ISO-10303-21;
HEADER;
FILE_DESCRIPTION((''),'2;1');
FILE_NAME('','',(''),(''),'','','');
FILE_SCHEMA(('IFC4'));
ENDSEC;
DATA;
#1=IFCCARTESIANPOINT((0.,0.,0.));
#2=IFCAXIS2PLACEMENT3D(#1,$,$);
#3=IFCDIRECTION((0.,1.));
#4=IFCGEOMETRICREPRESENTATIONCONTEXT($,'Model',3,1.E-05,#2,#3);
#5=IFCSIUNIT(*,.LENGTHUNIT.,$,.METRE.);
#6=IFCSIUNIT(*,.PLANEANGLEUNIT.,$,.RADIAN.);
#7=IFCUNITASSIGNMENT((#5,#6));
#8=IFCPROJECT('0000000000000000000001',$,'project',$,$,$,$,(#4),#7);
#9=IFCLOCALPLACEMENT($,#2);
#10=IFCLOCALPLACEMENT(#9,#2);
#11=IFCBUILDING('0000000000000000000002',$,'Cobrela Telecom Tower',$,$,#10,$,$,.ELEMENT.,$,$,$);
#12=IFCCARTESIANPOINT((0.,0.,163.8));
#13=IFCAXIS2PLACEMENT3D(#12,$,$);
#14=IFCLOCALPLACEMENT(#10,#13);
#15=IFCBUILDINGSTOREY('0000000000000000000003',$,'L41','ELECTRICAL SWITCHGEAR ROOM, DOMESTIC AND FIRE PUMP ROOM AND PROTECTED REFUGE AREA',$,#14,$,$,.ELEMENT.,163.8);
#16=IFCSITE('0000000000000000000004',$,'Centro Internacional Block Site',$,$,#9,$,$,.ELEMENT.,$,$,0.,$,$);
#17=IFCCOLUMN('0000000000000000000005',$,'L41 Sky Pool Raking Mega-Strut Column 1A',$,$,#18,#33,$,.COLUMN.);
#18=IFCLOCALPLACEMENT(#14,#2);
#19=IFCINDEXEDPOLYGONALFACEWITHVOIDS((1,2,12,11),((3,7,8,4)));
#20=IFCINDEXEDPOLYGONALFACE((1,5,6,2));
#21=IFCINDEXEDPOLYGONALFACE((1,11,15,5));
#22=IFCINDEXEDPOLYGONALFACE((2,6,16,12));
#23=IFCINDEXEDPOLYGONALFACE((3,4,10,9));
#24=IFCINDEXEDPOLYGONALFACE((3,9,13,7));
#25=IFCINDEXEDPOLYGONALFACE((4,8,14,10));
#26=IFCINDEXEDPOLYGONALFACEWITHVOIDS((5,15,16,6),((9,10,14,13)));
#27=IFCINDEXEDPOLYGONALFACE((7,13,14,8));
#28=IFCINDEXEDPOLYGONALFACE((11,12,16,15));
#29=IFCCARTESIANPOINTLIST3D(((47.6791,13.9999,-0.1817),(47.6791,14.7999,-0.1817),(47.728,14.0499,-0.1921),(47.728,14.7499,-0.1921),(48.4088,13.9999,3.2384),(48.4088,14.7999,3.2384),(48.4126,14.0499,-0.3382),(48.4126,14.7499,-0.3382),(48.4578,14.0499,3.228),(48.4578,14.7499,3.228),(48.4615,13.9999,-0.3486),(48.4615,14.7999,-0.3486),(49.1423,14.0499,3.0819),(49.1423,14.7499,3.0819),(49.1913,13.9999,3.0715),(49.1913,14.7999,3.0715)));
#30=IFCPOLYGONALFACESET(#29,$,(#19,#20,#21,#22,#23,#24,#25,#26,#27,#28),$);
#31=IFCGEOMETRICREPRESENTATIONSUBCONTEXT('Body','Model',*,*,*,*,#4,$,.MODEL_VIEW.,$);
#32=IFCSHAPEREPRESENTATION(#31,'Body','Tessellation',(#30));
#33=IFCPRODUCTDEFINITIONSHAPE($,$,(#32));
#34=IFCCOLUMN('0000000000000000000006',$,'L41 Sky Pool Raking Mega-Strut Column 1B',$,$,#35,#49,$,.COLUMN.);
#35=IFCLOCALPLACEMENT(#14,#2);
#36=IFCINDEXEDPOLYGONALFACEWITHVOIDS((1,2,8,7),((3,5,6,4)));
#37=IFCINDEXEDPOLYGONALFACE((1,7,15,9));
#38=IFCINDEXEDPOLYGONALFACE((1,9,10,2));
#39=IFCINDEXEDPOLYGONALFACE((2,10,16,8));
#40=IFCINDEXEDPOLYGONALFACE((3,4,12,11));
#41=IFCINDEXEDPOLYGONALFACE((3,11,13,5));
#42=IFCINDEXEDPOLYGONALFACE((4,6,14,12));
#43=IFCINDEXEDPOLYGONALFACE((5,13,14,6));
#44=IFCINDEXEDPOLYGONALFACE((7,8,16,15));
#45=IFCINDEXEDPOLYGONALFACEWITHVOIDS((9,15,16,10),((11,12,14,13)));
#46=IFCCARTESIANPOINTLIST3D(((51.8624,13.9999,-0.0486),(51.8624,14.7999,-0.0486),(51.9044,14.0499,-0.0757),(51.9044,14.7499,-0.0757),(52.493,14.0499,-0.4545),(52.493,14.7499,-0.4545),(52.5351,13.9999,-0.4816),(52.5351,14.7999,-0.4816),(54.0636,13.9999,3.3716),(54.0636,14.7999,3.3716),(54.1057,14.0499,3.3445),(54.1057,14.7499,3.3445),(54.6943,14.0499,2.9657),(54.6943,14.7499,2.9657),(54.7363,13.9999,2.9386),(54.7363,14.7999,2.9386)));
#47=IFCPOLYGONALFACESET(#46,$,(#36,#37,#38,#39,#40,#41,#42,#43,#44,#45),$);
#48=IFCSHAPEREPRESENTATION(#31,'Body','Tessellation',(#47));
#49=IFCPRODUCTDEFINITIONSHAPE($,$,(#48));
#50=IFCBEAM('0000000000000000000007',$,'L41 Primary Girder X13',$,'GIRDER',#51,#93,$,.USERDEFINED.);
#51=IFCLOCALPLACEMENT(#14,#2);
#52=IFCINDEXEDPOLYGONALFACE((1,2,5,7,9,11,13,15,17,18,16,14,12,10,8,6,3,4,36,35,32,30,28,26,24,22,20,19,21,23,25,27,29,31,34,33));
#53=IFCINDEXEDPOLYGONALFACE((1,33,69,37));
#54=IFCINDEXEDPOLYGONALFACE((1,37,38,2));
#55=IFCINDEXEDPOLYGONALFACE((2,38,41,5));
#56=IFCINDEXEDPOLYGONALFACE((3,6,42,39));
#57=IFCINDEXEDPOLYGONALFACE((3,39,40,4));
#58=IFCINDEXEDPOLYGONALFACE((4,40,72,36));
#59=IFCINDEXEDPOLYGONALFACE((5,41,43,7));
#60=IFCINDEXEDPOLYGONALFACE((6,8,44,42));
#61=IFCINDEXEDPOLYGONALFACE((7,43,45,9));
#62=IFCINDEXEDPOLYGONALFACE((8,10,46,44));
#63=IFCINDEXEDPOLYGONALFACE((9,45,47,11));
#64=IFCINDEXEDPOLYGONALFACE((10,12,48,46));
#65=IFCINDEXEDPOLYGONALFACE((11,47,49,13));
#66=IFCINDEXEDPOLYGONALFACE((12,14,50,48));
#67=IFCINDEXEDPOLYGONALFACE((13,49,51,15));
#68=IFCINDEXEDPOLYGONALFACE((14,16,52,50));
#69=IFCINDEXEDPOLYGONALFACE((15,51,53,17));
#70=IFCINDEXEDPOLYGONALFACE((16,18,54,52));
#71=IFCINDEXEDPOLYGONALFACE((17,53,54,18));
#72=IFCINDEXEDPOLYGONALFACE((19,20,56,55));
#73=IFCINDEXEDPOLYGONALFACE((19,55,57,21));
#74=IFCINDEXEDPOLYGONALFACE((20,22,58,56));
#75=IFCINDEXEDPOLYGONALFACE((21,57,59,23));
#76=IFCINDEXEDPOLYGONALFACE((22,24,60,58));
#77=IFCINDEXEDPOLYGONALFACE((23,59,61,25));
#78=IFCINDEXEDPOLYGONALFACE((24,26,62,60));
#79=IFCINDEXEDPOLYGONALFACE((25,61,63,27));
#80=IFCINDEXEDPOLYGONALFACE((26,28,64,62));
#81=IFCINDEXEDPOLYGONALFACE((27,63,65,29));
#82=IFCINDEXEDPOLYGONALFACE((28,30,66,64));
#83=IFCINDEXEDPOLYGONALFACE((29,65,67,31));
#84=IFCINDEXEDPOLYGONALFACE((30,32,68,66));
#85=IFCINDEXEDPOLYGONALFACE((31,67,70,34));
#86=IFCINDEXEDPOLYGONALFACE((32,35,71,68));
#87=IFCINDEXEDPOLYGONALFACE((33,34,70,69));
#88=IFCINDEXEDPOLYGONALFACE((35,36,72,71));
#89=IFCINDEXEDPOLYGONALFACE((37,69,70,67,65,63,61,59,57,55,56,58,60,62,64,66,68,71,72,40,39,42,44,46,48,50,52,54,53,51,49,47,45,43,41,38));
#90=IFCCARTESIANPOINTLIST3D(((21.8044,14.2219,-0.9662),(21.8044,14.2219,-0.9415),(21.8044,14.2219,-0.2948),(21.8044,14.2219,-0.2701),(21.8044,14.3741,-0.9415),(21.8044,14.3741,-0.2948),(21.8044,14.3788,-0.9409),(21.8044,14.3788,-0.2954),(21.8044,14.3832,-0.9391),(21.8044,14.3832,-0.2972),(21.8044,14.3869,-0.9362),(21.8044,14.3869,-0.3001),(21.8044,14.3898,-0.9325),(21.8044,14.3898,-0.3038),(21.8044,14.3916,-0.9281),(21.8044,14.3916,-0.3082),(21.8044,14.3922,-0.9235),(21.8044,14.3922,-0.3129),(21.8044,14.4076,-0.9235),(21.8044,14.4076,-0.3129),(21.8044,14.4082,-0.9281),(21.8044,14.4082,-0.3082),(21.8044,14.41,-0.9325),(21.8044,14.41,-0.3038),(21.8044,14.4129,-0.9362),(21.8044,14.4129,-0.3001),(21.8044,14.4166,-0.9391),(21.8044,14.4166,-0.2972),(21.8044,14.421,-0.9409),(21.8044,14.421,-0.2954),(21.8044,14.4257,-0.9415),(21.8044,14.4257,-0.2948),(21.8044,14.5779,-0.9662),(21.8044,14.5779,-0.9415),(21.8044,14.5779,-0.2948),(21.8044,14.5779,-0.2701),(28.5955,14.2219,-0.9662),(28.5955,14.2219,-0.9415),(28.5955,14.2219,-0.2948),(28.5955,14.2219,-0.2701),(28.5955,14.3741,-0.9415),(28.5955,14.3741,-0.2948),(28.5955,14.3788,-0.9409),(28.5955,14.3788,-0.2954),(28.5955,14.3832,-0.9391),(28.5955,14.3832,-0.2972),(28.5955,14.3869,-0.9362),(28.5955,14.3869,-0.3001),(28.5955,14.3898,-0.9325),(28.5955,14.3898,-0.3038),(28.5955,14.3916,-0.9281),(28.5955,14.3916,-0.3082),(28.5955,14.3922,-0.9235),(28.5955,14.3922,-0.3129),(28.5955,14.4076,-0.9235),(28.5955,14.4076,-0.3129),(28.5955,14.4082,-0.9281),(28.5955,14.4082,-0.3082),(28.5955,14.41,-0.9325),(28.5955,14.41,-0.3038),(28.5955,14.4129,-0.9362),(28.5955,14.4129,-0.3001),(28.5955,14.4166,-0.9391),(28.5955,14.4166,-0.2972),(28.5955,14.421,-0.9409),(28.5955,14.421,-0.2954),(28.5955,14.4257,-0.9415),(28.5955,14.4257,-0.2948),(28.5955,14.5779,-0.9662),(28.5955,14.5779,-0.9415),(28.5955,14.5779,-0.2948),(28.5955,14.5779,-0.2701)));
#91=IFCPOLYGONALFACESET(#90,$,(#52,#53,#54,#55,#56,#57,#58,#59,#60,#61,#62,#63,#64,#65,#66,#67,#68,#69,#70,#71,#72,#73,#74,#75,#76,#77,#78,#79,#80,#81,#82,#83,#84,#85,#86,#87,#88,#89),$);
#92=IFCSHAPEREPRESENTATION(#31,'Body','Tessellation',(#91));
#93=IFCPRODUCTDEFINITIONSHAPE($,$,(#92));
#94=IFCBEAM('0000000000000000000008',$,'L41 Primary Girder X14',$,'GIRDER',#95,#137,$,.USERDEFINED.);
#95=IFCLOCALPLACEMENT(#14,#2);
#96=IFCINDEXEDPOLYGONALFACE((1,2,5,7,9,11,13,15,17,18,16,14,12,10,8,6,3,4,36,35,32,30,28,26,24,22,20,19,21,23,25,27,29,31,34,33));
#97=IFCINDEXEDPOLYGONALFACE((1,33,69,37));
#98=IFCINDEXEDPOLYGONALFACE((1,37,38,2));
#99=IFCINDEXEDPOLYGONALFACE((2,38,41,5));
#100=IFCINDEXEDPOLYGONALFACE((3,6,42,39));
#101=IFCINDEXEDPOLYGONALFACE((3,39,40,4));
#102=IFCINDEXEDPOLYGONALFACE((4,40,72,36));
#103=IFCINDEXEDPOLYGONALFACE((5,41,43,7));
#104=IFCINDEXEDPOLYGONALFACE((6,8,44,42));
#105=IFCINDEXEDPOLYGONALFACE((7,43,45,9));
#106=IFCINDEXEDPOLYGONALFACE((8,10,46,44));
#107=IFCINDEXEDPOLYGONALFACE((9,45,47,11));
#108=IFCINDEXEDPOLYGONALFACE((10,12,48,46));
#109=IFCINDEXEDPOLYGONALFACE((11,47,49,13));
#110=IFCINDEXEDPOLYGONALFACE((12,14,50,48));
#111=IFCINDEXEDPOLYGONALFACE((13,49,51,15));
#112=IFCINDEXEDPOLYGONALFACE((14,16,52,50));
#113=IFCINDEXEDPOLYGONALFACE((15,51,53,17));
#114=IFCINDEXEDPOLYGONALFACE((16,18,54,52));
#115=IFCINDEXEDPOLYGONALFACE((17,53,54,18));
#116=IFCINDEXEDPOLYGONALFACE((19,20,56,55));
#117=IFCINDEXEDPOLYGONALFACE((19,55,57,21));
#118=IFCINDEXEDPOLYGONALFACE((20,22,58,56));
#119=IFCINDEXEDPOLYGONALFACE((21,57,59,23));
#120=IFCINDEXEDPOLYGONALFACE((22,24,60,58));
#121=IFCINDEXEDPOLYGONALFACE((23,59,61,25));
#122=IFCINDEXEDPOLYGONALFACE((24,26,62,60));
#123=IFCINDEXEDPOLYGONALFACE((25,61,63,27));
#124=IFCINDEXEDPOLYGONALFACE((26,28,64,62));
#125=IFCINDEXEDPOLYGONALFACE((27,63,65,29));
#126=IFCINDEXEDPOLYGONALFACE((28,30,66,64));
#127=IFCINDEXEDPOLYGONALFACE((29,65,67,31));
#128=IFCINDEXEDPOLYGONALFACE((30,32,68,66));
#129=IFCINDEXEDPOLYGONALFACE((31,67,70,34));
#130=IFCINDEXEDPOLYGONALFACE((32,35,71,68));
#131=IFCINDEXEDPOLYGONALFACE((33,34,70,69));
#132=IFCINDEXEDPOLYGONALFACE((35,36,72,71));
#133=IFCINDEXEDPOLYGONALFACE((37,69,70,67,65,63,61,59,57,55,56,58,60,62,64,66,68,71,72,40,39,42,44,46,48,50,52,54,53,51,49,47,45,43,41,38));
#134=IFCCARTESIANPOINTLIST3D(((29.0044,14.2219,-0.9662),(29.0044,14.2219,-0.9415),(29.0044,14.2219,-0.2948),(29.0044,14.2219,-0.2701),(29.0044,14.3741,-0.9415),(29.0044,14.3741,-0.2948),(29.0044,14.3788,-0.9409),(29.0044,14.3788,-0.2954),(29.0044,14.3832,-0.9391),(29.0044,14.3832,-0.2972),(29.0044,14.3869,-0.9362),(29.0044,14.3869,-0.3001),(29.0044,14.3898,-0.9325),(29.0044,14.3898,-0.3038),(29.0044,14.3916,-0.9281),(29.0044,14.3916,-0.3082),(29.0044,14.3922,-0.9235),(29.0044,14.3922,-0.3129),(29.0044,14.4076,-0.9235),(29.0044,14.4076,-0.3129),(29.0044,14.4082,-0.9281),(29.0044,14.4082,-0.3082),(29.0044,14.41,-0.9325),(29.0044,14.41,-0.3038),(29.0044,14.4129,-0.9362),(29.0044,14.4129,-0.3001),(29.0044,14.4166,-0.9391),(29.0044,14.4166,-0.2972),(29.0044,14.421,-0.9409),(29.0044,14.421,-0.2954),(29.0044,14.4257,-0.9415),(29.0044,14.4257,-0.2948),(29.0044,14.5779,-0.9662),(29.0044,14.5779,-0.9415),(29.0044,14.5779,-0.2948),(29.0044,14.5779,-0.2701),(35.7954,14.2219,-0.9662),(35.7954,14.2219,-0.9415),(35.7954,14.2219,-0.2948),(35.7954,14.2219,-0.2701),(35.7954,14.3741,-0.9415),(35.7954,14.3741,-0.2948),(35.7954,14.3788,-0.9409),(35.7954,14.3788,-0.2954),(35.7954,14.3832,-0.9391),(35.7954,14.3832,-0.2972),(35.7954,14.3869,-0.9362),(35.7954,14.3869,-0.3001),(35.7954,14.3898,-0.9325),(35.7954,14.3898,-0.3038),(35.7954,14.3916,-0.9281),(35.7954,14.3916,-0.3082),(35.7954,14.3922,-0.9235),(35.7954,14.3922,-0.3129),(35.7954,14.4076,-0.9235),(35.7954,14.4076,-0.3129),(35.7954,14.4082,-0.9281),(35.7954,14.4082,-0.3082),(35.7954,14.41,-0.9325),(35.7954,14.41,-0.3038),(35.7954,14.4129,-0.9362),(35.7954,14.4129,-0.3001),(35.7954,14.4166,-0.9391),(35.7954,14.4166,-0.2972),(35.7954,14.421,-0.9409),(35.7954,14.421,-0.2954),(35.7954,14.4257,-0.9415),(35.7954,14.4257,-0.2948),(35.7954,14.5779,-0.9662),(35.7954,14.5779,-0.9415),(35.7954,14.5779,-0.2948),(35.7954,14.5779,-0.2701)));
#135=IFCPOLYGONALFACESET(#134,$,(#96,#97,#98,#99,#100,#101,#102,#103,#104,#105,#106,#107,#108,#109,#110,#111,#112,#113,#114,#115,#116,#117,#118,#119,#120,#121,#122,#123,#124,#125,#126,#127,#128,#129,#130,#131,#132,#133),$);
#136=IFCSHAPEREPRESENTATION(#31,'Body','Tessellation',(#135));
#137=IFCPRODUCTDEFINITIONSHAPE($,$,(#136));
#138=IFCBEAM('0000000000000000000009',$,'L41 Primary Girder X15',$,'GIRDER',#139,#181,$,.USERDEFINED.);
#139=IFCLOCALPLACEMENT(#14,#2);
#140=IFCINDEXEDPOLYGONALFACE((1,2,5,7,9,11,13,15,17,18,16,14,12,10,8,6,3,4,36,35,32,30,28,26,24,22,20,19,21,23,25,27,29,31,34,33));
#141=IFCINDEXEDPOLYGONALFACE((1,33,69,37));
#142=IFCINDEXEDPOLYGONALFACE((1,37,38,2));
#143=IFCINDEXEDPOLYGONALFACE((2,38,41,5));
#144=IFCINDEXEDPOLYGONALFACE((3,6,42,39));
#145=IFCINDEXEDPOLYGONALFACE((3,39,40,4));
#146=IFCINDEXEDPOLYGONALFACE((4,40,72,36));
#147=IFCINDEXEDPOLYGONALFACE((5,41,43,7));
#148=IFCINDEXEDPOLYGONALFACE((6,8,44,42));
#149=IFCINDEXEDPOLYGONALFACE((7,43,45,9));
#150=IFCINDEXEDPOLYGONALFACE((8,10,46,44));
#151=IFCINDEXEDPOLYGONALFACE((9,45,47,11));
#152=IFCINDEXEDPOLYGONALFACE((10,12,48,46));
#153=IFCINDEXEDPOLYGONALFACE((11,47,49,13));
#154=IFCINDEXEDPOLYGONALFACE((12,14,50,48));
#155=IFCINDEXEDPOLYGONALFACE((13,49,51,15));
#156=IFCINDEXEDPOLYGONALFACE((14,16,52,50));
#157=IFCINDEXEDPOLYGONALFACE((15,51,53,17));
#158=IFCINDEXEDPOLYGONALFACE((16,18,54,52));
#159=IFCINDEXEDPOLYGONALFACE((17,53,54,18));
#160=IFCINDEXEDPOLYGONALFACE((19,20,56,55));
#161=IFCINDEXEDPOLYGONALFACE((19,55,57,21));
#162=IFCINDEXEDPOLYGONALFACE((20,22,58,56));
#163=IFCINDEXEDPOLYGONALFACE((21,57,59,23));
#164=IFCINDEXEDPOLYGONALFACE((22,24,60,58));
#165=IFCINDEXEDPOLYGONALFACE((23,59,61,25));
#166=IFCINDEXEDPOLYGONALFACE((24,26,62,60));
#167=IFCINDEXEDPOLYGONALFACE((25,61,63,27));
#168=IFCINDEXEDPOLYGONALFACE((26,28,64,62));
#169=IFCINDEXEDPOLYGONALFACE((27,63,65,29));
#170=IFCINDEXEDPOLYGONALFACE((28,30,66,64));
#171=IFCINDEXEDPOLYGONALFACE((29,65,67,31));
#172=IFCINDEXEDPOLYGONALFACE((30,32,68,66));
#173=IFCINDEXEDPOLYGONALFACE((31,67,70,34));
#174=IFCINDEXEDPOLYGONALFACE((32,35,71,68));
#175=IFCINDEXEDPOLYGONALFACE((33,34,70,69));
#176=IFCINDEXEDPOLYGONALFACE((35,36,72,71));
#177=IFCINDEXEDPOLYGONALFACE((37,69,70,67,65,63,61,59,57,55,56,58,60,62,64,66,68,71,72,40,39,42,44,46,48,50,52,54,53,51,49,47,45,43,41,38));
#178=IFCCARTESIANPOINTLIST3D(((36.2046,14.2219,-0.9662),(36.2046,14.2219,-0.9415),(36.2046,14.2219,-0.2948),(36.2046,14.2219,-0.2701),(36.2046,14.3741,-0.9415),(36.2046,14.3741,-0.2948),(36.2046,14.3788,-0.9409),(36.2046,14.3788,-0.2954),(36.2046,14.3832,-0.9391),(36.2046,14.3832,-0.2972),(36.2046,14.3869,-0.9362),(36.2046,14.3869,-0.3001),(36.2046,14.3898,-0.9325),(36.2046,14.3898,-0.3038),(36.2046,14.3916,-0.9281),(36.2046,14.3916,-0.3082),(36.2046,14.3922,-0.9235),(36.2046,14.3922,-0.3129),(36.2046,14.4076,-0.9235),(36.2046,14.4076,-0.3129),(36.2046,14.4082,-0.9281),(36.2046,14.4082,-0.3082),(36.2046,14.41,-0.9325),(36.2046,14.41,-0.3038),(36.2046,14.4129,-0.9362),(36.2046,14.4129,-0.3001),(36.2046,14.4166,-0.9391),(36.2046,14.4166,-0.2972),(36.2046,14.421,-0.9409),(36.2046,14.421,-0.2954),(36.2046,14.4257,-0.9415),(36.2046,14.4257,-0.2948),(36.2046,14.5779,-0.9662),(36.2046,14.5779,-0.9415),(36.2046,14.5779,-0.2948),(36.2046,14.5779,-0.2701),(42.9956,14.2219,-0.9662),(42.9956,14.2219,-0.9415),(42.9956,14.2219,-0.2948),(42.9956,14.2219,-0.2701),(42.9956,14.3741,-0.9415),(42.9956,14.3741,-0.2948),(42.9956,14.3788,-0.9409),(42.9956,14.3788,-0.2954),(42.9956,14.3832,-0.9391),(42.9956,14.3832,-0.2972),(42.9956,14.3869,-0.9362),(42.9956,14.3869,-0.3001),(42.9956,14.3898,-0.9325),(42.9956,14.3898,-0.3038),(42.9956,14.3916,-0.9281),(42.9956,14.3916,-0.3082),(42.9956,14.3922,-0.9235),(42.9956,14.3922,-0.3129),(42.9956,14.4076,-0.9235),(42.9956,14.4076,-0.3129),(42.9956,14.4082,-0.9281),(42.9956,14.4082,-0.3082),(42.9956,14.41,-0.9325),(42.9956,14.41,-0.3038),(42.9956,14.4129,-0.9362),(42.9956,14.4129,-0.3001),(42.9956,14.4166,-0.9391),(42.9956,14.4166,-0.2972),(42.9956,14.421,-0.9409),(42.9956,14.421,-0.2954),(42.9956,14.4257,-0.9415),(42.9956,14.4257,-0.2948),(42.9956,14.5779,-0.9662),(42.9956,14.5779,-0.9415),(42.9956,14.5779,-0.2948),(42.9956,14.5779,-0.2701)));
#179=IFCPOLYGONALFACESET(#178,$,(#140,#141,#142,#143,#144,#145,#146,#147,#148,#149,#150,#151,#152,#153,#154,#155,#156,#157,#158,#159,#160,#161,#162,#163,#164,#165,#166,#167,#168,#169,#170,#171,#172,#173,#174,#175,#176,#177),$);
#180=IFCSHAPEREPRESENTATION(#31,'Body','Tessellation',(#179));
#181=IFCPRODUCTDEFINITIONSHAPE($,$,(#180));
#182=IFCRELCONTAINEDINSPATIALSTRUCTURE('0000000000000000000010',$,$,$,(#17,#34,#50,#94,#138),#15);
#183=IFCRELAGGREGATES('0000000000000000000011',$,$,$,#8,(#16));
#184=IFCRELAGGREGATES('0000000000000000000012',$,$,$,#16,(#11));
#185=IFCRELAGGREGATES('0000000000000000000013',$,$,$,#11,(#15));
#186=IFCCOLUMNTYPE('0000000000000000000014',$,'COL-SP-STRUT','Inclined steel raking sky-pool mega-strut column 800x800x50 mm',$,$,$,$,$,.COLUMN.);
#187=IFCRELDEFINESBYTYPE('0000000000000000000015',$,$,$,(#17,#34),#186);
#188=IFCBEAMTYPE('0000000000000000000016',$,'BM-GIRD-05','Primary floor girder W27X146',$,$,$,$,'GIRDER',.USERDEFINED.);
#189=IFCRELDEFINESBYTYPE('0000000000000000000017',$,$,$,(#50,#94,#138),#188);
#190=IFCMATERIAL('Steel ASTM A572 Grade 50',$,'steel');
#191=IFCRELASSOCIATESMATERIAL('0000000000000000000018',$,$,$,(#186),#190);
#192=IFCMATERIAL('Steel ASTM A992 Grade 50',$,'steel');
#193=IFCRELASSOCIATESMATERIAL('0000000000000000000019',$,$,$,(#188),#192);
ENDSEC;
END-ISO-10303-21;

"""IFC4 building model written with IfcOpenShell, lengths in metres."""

from ifc_helpers import new_model, si_unit, direction, frame, origin, origin_2d, place, context, subcontext, project, spatial, hollow_rectangle, i_section, extrude, material, material_profile, profile_set, type_object, element, save


model = new_model("IFC4")

# Units and contexts
model_context = context("Model", 3, precision=1e-05, world=origin(), true_north=direction((0.0, 1.0)))
body_context = subcontext(model_context, "Body", "Model", "MODEL_VIEW")
ifc_project = project(units=[si_unit("LENGTHUNIT", "METRE"), si_unit("PLANEANGLEUNIT", "RADIAN")], contexts=[model_context])

# Site, building, storey
site_placement = place(None, origin())
site = spatial("IfcSite", under=ifc_project, at=site_placement, Name="Centro Internacional Block Site", CompositionType="ELEMENT", RefElevation=0.0)
building_placement = place(site_placement, origin())
building = spatial("IfcBuilding", under=site, at=building_placement, Name="Cobrela Telecom Tower", CompositionType="ELEMENT")
storey_placement = place(building_placement, frame((0.0, 0.0, 163.8)))
storey = spatial("IfcBuildingStorey", under=building, at=storey_placement, Name="L41", Description="ELECTRICAL SWITCHGEAR ROOM, DOMESTIC AND FIRE PUMP ROOM AND PROTECTED REFUGE AREA", CompositionType="ELEMENT", Elevation=163.8)

# Columns
ifc_material_1 = material(Name="Steel ASTM A992 Grade 50", Category="steel")
ifc_material_2 = material(Name="Steel ASTM A572 Grade 50", Category="steel")
ifc_material_profile_1 = material_profile(ifc_material_2, hollow_rectangle(XDim=0.8, YDim=0.8, WallThickness=0.05, at=origin_2d()), Name="BOX 800x800x50")
ifc_profile_set_1 = profile_set([ifc_material_profile_1], Name="Steel ASTM A572 Grade 50")
column_type_1 = type_object("IfcColumnType", Name="COL-SP-STRUT", Description="Inclined steel raking sky-pool mega-strut column 800x800x50 mm", PredefinedType="COLUMN", material=ifc_profile_set_1)
column_1_placement = place(storey_placement, frame((48.0703, 14.3999, -0.2651), z_axis=(0.208666, 0.0, 0.977987), x_axis=(0.0, 1.0, 0.0)))
element("IfcColumn", 1, at=column_1_placement, inside=storey, type_object=column_type_1, Name="L41 Sky Pool Raking Mega-Strut Column 1A", PredefinedType="COLUMN", context=body_context, shape_type="SweptSolid", body=[
    extrude(hollow_rectangle(XDim=0.8, YDim=0.8, WallThickness=0.05, at=origin_2d()), origin(), (0.0, 0.0, 1.0), 3.4971),
])
column_2_placement = place(storey_placement, frame((52.1987, 14.3999, -0.2651), z_axis=(0.541191, 0.0, 0.840899), x_axis=(0.0, 1.0, 0.0)))
element("IfcColumn", 2, at=column_2_placement, inside=storey, type_object=column_type_1, Name="L41 Sky Pool Raking Mega-Strut Column 1B", PredefinedType="COLUMN", context=body_context, shape_type="SweptSolid", body=[
    extrude(hollow_rectangle(XDim=0.8, YDim=0.8, WallThickness=0.05, at=origin_2d()), origin(), (0.0, 0.0, 1.0), 4.0674),
])

# Beams
ifc_material_profile_2 = material_profile(ifc_material_1, i_section(OverallWidth=0.356, OverallDepth=0.696, WebThickness=0.0154, FlangeThickness=0.0247, FilletRadius=0.0181, at=origin_2d()), Name="W27X146")
ifc_profile_set_2 = profile_set([ifc_material_profile_2], Name="Steel ASTM A992 Grade 50")
beam_type_1 = type_object("IfcBeamType", Name="BM-GIRD-05", Description="Primary floor girder W27X146", ElementType="GIRDER", PredefinedType="USERDEFINED", material=ifc_profile_set_2)
for number, where, z_axis, x_axis, name in (
    (3, (21.8044, 14.3999, -0.6182), (1.0, 0.0, 0.0), (0.0, 1.0, 0.0), "L41 Primary Girder X13"),
    (4, (29.0044, 14.3999, -0.6182), (1.0, 0.0, 0.0), (0.0, 1.0, 0.0), "L41 Primary Girder X14"),
    (5, (36.2046, 14.3999, -0.6182), (1.0, 0.0, 0.0), (0.0, 1.0, 0.0), "L41 Primary Girder X15"),
):
    element("IfcBeam", number, at=place(storey_placement, frame(where, z_axis=z_axis, x_axis=x_axis)), inside=storey, type_object=beam_type_1, Name=name, ObjectType="GIRDER", PredefinedType="USERDEFINED", context=body_context, shape_type="SweptSolid", body=[
        extrude(i_section(OverallWidth=0.356, OverallDepth=0.696, WebThickness=0.0154, FlangeThickness=0.0247, FilletRadius=0.0181, at=origin_2d()), origin(), (0.0, 0.0, 1.0), 6.791),
    ])

save(model, "model.ifc")
